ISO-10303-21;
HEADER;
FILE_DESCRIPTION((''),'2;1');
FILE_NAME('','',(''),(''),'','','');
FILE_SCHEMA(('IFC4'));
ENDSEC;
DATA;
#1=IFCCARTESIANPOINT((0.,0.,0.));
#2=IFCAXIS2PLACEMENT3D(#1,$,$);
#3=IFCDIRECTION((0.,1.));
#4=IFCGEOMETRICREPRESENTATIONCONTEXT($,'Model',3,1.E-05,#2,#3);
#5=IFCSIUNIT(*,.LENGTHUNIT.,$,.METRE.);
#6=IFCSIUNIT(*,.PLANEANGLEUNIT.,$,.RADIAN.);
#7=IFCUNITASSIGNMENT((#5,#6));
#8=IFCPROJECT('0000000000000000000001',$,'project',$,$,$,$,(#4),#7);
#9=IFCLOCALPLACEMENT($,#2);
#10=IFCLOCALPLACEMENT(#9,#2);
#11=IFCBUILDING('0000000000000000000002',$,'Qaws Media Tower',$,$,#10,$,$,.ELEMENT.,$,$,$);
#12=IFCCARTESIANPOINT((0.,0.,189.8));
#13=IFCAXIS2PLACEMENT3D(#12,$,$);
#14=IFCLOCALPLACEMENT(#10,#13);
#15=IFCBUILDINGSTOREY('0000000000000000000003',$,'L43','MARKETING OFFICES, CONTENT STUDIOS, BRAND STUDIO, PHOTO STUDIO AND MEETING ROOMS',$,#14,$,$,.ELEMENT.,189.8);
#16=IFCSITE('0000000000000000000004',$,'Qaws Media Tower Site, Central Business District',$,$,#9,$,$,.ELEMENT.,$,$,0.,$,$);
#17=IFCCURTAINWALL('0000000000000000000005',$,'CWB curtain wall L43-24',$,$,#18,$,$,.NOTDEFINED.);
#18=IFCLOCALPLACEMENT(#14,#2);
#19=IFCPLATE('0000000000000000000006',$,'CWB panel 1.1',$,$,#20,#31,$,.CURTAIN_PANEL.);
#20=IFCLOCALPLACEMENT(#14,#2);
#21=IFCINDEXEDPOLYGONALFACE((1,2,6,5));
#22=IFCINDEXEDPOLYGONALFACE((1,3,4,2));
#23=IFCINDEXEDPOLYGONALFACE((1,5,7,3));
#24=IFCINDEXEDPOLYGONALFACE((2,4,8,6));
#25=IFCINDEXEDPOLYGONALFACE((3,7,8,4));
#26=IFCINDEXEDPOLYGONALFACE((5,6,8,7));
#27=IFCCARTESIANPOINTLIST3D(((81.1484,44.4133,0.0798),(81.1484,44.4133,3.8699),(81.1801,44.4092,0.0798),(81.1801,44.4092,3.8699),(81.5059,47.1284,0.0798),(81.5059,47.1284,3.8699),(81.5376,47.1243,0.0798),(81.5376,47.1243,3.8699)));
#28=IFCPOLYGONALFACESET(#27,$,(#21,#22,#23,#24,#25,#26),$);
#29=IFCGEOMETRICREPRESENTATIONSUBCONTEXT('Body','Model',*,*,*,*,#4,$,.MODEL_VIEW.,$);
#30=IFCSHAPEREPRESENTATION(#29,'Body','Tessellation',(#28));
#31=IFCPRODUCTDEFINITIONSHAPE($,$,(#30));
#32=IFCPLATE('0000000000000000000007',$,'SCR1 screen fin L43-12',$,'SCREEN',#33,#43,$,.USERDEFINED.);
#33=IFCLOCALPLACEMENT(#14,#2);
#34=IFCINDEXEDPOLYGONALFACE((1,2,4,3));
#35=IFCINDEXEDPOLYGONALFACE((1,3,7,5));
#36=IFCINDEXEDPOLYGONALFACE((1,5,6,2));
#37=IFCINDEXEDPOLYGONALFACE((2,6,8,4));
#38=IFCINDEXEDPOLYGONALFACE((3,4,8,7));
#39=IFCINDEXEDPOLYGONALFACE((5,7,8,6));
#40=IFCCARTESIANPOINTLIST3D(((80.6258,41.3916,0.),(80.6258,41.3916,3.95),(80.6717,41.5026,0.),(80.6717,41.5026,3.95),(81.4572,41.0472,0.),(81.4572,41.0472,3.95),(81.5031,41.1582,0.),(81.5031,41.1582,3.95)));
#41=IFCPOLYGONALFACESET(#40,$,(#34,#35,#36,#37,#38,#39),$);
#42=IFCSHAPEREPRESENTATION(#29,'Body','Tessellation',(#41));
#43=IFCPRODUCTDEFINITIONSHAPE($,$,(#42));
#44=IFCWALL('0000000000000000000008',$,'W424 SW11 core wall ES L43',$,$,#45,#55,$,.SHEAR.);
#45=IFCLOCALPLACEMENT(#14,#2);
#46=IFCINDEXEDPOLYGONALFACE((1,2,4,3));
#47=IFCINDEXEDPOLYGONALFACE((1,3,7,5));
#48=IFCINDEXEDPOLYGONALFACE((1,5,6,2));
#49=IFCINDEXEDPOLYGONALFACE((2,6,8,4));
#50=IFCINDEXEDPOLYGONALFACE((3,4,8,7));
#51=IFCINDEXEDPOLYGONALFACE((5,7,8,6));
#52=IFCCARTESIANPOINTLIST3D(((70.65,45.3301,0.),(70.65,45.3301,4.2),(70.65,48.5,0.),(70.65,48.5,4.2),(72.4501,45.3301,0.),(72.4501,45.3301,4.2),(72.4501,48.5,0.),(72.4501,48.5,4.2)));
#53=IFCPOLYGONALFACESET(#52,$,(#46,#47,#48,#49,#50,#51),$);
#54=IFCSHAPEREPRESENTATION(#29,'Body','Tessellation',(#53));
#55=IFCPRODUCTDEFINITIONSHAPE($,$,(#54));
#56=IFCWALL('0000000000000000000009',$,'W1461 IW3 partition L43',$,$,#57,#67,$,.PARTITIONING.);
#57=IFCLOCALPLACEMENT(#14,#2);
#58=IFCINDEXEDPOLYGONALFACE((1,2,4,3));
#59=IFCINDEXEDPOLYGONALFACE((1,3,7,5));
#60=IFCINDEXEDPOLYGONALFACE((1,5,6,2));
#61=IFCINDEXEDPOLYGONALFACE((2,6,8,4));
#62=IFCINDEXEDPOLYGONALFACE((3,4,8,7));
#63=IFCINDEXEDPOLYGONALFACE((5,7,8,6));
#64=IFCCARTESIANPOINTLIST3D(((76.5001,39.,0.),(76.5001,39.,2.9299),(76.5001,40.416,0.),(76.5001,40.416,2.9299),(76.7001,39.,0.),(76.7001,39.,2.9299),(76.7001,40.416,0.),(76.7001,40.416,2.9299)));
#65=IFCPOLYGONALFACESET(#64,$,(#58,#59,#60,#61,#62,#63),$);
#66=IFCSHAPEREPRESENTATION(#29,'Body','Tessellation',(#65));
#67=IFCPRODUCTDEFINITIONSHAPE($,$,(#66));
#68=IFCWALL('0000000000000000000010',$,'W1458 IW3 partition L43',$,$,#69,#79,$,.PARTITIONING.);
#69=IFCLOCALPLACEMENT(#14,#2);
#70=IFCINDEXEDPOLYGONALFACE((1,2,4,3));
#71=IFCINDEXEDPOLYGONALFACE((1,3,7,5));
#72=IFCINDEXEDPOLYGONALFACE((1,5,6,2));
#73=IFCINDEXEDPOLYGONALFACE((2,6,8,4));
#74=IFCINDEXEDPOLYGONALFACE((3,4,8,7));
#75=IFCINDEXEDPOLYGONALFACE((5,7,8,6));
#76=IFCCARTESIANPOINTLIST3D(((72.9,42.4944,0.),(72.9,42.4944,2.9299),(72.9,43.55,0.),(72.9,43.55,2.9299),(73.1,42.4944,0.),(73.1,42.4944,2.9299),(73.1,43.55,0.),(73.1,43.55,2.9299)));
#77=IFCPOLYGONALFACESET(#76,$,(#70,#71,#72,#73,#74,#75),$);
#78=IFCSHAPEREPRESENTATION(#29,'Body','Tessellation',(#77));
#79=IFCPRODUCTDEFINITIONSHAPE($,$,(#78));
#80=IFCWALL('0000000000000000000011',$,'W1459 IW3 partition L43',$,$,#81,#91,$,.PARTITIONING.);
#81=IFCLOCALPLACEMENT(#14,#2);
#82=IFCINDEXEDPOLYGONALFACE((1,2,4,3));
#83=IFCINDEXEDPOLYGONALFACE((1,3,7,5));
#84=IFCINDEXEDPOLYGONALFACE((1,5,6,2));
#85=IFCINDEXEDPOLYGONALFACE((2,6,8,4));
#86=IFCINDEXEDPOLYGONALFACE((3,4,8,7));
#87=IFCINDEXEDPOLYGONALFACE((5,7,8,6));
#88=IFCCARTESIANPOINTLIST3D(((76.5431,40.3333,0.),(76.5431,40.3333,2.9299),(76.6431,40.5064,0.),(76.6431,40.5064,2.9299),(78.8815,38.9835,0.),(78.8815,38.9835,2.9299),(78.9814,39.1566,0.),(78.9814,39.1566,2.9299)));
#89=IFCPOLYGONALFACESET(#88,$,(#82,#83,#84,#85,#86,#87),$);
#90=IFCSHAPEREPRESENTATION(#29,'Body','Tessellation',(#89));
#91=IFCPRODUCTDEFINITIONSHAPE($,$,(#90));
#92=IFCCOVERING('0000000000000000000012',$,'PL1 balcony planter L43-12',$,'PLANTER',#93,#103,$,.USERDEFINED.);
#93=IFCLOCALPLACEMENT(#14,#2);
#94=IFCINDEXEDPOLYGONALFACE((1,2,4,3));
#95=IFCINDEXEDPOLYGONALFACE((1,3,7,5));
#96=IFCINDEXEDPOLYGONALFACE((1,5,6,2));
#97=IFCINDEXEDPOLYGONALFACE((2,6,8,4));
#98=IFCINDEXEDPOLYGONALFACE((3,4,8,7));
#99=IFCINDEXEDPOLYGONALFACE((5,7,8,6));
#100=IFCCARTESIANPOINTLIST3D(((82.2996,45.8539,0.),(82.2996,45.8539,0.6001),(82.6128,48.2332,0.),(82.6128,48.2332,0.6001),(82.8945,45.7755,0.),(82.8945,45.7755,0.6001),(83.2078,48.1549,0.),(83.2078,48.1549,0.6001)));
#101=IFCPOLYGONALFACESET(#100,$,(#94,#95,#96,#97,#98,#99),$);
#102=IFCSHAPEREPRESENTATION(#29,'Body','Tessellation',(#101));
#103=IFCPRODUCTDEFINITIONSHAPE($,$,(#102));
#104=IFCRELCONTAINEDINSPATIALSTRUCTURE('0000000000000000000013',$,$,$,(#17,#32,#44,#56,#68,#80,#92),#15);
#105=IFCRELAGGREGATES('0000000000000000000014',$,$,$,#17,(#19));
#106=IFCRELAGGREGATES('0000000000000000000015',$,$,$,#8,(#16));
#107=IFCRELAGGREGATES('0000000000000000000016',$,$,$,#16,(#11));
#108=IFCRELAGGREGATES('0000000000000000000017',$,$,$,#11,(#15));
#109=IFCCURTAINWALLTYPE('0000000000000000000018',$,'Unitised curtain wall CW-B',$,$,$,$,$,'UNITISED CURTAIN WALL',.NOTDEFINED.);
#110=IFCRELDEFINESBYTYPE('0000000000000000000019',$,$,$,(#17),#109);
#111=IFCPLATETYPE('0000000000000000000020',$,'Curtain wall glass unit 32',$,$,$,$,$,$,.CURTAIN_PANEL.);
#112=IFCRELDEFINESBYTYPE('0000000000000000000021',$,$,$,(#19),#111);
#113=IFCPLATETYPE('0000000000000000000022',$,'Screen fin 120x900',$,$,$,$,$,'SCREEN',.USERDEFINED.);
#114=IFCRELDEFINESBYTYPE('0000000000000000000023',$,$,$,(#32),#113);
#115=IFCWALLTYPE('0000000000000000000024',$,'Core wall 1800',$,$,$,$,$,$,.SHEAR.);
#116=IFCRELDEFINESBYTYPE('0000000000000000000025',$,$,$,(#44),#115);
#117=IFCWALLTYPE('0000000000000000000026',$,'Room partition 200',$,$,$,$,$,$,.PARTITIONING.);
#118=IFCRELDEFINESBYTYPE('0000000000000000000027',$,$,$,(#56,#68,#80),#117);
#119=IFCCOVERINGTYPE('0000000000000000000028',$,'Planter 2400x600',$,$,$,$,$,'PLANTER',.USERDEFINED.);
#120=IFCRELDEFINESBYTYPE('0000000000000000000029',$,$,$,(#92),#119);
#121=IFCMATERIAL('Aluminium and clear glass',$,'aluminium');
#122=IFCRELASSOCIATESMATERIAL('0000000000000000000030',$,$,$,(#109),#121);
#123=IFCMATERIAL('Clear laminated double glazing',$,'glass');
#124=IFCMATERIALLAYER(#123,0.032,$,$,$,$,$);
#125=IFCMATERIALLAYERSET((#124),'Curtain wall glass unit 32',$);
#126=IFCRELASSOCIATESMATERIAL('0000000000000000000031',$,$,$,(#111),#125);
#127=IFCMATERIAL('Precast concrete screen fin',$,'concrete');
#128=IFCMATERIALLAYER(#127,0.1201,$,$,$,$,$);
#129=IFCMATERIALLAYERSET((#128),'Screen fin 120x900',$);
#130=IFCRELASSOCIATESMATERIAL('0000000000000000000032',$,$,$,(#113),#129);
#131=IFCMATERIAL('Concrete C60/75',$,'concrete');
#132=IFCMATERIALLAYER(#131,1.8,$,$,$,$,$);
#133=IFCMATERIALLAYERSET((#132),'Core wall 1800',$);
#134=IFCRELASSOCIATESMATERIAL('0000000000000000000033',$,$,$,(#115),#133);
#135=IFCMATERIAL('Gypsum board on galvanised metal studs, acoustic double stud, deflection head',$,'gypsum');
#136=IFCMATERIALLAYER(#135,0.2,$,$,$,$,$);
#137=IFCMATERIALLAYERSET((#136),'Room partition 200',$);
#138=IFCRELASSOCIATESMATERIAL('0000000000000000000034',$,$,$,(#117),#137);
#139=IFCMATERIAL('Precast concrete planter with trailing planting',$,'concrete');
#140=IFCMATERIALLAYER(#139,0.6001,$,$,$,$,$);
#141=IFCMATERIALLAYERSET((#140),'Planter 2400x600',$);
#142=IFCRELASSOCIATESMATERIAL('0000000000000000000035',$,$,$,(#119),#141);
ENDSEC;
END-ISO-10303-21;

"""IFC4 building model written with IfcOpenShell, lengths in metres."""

from ifc_helpers import new_model, si_unit, direction, frame, frame_2d, origin, origin_2d, place, context, subcontext, project, spatial, rectangle, extrude, material, layer, layer_set, type_object, element, aggregate, save


model = new_model("IFC4")

# Units and contexts
model_context = context("Model", 3, precision=1e-05, world=origin(), true_north=direction((0.0, 1.0)))
body_context = subcontext(model_context, "Body", "Model", "MODEL_VIEW")
ifc_project = project(units=[si_unit("LENGTHUNIT", "METRE"), si_unit("PLANEANGLEUNIT", "RADIAN")], contexts=[model_context])

# Site, building, storey
site_placement = place(None, origin())
site = spatial("IfcSite", under=ifc_project, at=site_placement, Name="Qaws Media Tower Site, Central Business District", CompositionType="ELEMENT", RefElevation=0.0)
building_placement = place(site_placement, origin())
building = spatial("IfcBuilding", under=site, at=building_placement, Name="Qaws Media Tower", CompositionType="ELEMENT")
storey_placement = place(building_placement, frame((0.0, 0.0, 189.8)))
storey = spatial("IfcBuildingStorey", under=building, at=storey_placement, Name="L43", Description="MARKETING OFFICES, CONTENT STUDIOS, BRAND STUDIO, PHOTO STUDIO AND MEETING ROOMS", CompositionType="ELEMENT", Elevation=189.8)

# Curtain wall
ifc_material_1 = material(Name="Aluminium and clear glass", Category="aluminium")
curtain_wall_type = type_object("IfcCurtainWallType", Name="Unitised curtain wall CW-B", ElementType="UNITISED CURTAIN WALL", PredefinedType="NOTDEFINED", material=ifc_material_1)
curtain_wall_1_placement = place(storey_placement, origin())
curtain_wall_1 = element("IfcCurtainWall", 1, at=curtain_wall_1_placement, inside=storey, type_object=curtain_wall_type, Name="CWB curtain wall L43-24", PredefinedType="NOTDEFINED")

# Plates
ifc_material_2 = material(Name="Clear laminated double glazing", Category="glass")
ifc_layer_1 = layer(ifc_material_2, 0.032)
ifc_layer_set_1 = layer_set([ifc_layer_1], Name="Curtain wall glass unit 32")
plate_type_1 = type_object("IfcPlateType", Name="Curtain wall glass unit 32", PredefinedType="CURTAIN_PANEL", material=ifc_layer_set_1)
plate_1_placement = place(storey_placement, frame((81.343, 45.7688, 0.0798), z_axis=(0.0, 0.0, 1.0), x_axis=(0.130526, 0.991445, 0.0)))
plate_1 = element("IfcPlate", 2, at=plate_1_placement, type_object=plate_type_1, Name="CWB panel 1.1", PredefinedType="CURTAIN_PANEL", context=body_context, shape_type="SweptSolid", body=[
    extrude(rectangle(XDim=2.7385, YDim=0.032, at=origin_2d()), origin(), (0.0, 0.0, 1.0), 3.79),
])
aggregate(curtain_wall_1, [plate_1])
ifc_material_3 = material(Name="Precast concrete screen fin", Category="concrete")
ifc_layer_2 = layer(ifc_material_3, 0.1201)
ifc_layer_set_2 = layer_set([ifc_layer_2], Name="Screen fin 120x900")
plate_type_2 = type_object("IfcPlateType", Name="Screen fin 120x900", ElementType="SCREEN", PredefinedType="USERDEFINED", material=ifc_layer_set_2)
plate_2_placement = place(storey_placement, frame((81.0645, 41.2749, 0.0), z_axis=(0.0, 0.0, 1.0), x_axis=(0.92388, -0.382683, 0.0)))
element("IfcPlate", 3, at=plate_2_placement, inside=storey, type_object=plate_type_2, Name="SCR1 screen fin L43-12", ObjectType="SCREEN", PredefinedType="USERDEFINED", context=body_context, shape_type="SweptSolid", body=[
    extrude(rectangle(XDim=0.8999, YDim=0.1201, at=origin_2d()), origin(), (0.0, 0.0, 1.0), 3.95),
])

# Walls
ifc_material_4 = material(Name="Concrete C60/75", Category="concrete")
ifc_layer_3 = layer(ifc_material_4, 1.8)
ifc_layer_set_3 = layer_set([ifc_layer_3], Name="Core wall 1800")
wall_type_1 = type_object("IfcWallType", Name="Core wall 1800", PredefinedType="SHEAR", material=ifc_layer_set_3)
wall_1_placement = place(storey_placement, frame((71.55, 45.3301, 0.0), z_axis=(0.0, 0.0, 1.0), x_axis=(0.0, 1.0, 0.0)))
element("IfcWall", 4, at=wall_1_placement, inside=storey, type_object=wall_type_1, Name="W424 SW11 core wall ES L43", PredefinedType="SHEAR", context=body_context, shape_type="SweptSolid", body=[
    extrude(rectangle(XDim=3.1699, YDim=1.8, at=frame_2d((1.585, 0.0))), origin(), (0.0, 0.0, 1.0), 4.2),
])
ifc_material_5 = material(Name="Gypsum board on galvanised metal studs, acoustic double stud, deflection head", Category="gypsum")
ifc_layer_4 = layer(ifc_material_5, 0.2)
ifc_layer_set_4 = layer_set([ifc_layer_4], Name="Room partition 200")
wall_type_2 = type_object("IfcWallType", Name="Room partition 200", PredefinedType="PARTITIONING", material=ifc_layer_set_4)
wall_2_placement = place(storey_placement, frame((76.6001, 40.416, 0.0), z_axis=(0.0, 0.0, 1.0), x_axis=(0.0, -1.0, 0.0)))
element("IfcWall", 5, at=wall_2_placement, inside=storey, type_object=wall_type_2, Name="W1461 IW3 partition L43", PredefinedType="PARTITIONING", context=body_context, shape_type="SweptSolid", body=[
    extrude(rectangle(XDim=1.416, YDim=0.2, at=frame_2d((0.708, 0.0))), origin(), (0.0, 0.0, 1.0), 2.9299),
])
wall_3_placement = place(storey_placement, frame((73.0, 42.4944, 0.0), z_axis=(0.0, 0.0, 1.0), x_axis=(0.0, 1.0, 0.0)))
element("IfcWall", 6, at=wall_3_placement, inside=storey, type_object=wall_type_2, Name="W1458 IW3 partition L43", PredefinedType="PARTITIONING", context=body_context, shape_type="SweptSolid", body=[
    extrude(rectangle(XDim=1.0557, YDim=0.2, at=frame_2d((0.5278, 0.0))), origin(), (0.0, 0.0, 1.0), 2.9299),
])
wall_4_placement = place(storey_placement, frame((76.593, 40.4199, 0.0), z_axis=(0.0, 0.0, 1.0), x_axis=(0.866059, -0.499942, 0.0)))
element("IfcWall", 7, at=wall_4_placement, inside=storey, type_object=wall_type_2, Name="W1459 IW3 partition L43", PredefinedType="PARTITIONING", context=body_context, shape_type="SweptSolid", body=[
    extrude(rectangle(XDim=2.7, YDim=0.2, at=frame_2d((1.3501, 0.0))), origin(), (0.0, 0.0, 1.0), 2.9299),
])

# Covering
ifc_material_6 = material(Name="Precast concrete planter with trailing planting", Category="concrete")
ifc_layer_5 = layer(ifc_material_6, 0.6001)
ifc_layer_set_5 = layer_set([ifc_layer_5], Name="Planter 2400x600")
covering_type = type_object("IfcCoveringType", Name="Planter 2400x600", ElementType="PLANTER", PredefinedType="USERDEFINED", material=ifc_layer_set_5)
covering_placement = place(storey_placement, frame((82.7537, 47.0044, 0.0), z_axis=(0.0, 0.0, 1.0), x_axis=(0.130526, 0.991445, 0.0)))
element("IfcCovering", 8, at=covering_placement, inside=storey, type_object=covering_type, Name="PL1 balcony planter L43-12", ObjectType="PLANTER", PredefinedType="USERDEFINED", context=body_context, shape_type="SweptSolid", body=[
    extrude(rectangle(XDim=2.3999, YDim=0.6001, at=origin_2d()), origin(), (0.0, 0.0, 1.0), 0.6001),
])

save(model, "model.ifc")
